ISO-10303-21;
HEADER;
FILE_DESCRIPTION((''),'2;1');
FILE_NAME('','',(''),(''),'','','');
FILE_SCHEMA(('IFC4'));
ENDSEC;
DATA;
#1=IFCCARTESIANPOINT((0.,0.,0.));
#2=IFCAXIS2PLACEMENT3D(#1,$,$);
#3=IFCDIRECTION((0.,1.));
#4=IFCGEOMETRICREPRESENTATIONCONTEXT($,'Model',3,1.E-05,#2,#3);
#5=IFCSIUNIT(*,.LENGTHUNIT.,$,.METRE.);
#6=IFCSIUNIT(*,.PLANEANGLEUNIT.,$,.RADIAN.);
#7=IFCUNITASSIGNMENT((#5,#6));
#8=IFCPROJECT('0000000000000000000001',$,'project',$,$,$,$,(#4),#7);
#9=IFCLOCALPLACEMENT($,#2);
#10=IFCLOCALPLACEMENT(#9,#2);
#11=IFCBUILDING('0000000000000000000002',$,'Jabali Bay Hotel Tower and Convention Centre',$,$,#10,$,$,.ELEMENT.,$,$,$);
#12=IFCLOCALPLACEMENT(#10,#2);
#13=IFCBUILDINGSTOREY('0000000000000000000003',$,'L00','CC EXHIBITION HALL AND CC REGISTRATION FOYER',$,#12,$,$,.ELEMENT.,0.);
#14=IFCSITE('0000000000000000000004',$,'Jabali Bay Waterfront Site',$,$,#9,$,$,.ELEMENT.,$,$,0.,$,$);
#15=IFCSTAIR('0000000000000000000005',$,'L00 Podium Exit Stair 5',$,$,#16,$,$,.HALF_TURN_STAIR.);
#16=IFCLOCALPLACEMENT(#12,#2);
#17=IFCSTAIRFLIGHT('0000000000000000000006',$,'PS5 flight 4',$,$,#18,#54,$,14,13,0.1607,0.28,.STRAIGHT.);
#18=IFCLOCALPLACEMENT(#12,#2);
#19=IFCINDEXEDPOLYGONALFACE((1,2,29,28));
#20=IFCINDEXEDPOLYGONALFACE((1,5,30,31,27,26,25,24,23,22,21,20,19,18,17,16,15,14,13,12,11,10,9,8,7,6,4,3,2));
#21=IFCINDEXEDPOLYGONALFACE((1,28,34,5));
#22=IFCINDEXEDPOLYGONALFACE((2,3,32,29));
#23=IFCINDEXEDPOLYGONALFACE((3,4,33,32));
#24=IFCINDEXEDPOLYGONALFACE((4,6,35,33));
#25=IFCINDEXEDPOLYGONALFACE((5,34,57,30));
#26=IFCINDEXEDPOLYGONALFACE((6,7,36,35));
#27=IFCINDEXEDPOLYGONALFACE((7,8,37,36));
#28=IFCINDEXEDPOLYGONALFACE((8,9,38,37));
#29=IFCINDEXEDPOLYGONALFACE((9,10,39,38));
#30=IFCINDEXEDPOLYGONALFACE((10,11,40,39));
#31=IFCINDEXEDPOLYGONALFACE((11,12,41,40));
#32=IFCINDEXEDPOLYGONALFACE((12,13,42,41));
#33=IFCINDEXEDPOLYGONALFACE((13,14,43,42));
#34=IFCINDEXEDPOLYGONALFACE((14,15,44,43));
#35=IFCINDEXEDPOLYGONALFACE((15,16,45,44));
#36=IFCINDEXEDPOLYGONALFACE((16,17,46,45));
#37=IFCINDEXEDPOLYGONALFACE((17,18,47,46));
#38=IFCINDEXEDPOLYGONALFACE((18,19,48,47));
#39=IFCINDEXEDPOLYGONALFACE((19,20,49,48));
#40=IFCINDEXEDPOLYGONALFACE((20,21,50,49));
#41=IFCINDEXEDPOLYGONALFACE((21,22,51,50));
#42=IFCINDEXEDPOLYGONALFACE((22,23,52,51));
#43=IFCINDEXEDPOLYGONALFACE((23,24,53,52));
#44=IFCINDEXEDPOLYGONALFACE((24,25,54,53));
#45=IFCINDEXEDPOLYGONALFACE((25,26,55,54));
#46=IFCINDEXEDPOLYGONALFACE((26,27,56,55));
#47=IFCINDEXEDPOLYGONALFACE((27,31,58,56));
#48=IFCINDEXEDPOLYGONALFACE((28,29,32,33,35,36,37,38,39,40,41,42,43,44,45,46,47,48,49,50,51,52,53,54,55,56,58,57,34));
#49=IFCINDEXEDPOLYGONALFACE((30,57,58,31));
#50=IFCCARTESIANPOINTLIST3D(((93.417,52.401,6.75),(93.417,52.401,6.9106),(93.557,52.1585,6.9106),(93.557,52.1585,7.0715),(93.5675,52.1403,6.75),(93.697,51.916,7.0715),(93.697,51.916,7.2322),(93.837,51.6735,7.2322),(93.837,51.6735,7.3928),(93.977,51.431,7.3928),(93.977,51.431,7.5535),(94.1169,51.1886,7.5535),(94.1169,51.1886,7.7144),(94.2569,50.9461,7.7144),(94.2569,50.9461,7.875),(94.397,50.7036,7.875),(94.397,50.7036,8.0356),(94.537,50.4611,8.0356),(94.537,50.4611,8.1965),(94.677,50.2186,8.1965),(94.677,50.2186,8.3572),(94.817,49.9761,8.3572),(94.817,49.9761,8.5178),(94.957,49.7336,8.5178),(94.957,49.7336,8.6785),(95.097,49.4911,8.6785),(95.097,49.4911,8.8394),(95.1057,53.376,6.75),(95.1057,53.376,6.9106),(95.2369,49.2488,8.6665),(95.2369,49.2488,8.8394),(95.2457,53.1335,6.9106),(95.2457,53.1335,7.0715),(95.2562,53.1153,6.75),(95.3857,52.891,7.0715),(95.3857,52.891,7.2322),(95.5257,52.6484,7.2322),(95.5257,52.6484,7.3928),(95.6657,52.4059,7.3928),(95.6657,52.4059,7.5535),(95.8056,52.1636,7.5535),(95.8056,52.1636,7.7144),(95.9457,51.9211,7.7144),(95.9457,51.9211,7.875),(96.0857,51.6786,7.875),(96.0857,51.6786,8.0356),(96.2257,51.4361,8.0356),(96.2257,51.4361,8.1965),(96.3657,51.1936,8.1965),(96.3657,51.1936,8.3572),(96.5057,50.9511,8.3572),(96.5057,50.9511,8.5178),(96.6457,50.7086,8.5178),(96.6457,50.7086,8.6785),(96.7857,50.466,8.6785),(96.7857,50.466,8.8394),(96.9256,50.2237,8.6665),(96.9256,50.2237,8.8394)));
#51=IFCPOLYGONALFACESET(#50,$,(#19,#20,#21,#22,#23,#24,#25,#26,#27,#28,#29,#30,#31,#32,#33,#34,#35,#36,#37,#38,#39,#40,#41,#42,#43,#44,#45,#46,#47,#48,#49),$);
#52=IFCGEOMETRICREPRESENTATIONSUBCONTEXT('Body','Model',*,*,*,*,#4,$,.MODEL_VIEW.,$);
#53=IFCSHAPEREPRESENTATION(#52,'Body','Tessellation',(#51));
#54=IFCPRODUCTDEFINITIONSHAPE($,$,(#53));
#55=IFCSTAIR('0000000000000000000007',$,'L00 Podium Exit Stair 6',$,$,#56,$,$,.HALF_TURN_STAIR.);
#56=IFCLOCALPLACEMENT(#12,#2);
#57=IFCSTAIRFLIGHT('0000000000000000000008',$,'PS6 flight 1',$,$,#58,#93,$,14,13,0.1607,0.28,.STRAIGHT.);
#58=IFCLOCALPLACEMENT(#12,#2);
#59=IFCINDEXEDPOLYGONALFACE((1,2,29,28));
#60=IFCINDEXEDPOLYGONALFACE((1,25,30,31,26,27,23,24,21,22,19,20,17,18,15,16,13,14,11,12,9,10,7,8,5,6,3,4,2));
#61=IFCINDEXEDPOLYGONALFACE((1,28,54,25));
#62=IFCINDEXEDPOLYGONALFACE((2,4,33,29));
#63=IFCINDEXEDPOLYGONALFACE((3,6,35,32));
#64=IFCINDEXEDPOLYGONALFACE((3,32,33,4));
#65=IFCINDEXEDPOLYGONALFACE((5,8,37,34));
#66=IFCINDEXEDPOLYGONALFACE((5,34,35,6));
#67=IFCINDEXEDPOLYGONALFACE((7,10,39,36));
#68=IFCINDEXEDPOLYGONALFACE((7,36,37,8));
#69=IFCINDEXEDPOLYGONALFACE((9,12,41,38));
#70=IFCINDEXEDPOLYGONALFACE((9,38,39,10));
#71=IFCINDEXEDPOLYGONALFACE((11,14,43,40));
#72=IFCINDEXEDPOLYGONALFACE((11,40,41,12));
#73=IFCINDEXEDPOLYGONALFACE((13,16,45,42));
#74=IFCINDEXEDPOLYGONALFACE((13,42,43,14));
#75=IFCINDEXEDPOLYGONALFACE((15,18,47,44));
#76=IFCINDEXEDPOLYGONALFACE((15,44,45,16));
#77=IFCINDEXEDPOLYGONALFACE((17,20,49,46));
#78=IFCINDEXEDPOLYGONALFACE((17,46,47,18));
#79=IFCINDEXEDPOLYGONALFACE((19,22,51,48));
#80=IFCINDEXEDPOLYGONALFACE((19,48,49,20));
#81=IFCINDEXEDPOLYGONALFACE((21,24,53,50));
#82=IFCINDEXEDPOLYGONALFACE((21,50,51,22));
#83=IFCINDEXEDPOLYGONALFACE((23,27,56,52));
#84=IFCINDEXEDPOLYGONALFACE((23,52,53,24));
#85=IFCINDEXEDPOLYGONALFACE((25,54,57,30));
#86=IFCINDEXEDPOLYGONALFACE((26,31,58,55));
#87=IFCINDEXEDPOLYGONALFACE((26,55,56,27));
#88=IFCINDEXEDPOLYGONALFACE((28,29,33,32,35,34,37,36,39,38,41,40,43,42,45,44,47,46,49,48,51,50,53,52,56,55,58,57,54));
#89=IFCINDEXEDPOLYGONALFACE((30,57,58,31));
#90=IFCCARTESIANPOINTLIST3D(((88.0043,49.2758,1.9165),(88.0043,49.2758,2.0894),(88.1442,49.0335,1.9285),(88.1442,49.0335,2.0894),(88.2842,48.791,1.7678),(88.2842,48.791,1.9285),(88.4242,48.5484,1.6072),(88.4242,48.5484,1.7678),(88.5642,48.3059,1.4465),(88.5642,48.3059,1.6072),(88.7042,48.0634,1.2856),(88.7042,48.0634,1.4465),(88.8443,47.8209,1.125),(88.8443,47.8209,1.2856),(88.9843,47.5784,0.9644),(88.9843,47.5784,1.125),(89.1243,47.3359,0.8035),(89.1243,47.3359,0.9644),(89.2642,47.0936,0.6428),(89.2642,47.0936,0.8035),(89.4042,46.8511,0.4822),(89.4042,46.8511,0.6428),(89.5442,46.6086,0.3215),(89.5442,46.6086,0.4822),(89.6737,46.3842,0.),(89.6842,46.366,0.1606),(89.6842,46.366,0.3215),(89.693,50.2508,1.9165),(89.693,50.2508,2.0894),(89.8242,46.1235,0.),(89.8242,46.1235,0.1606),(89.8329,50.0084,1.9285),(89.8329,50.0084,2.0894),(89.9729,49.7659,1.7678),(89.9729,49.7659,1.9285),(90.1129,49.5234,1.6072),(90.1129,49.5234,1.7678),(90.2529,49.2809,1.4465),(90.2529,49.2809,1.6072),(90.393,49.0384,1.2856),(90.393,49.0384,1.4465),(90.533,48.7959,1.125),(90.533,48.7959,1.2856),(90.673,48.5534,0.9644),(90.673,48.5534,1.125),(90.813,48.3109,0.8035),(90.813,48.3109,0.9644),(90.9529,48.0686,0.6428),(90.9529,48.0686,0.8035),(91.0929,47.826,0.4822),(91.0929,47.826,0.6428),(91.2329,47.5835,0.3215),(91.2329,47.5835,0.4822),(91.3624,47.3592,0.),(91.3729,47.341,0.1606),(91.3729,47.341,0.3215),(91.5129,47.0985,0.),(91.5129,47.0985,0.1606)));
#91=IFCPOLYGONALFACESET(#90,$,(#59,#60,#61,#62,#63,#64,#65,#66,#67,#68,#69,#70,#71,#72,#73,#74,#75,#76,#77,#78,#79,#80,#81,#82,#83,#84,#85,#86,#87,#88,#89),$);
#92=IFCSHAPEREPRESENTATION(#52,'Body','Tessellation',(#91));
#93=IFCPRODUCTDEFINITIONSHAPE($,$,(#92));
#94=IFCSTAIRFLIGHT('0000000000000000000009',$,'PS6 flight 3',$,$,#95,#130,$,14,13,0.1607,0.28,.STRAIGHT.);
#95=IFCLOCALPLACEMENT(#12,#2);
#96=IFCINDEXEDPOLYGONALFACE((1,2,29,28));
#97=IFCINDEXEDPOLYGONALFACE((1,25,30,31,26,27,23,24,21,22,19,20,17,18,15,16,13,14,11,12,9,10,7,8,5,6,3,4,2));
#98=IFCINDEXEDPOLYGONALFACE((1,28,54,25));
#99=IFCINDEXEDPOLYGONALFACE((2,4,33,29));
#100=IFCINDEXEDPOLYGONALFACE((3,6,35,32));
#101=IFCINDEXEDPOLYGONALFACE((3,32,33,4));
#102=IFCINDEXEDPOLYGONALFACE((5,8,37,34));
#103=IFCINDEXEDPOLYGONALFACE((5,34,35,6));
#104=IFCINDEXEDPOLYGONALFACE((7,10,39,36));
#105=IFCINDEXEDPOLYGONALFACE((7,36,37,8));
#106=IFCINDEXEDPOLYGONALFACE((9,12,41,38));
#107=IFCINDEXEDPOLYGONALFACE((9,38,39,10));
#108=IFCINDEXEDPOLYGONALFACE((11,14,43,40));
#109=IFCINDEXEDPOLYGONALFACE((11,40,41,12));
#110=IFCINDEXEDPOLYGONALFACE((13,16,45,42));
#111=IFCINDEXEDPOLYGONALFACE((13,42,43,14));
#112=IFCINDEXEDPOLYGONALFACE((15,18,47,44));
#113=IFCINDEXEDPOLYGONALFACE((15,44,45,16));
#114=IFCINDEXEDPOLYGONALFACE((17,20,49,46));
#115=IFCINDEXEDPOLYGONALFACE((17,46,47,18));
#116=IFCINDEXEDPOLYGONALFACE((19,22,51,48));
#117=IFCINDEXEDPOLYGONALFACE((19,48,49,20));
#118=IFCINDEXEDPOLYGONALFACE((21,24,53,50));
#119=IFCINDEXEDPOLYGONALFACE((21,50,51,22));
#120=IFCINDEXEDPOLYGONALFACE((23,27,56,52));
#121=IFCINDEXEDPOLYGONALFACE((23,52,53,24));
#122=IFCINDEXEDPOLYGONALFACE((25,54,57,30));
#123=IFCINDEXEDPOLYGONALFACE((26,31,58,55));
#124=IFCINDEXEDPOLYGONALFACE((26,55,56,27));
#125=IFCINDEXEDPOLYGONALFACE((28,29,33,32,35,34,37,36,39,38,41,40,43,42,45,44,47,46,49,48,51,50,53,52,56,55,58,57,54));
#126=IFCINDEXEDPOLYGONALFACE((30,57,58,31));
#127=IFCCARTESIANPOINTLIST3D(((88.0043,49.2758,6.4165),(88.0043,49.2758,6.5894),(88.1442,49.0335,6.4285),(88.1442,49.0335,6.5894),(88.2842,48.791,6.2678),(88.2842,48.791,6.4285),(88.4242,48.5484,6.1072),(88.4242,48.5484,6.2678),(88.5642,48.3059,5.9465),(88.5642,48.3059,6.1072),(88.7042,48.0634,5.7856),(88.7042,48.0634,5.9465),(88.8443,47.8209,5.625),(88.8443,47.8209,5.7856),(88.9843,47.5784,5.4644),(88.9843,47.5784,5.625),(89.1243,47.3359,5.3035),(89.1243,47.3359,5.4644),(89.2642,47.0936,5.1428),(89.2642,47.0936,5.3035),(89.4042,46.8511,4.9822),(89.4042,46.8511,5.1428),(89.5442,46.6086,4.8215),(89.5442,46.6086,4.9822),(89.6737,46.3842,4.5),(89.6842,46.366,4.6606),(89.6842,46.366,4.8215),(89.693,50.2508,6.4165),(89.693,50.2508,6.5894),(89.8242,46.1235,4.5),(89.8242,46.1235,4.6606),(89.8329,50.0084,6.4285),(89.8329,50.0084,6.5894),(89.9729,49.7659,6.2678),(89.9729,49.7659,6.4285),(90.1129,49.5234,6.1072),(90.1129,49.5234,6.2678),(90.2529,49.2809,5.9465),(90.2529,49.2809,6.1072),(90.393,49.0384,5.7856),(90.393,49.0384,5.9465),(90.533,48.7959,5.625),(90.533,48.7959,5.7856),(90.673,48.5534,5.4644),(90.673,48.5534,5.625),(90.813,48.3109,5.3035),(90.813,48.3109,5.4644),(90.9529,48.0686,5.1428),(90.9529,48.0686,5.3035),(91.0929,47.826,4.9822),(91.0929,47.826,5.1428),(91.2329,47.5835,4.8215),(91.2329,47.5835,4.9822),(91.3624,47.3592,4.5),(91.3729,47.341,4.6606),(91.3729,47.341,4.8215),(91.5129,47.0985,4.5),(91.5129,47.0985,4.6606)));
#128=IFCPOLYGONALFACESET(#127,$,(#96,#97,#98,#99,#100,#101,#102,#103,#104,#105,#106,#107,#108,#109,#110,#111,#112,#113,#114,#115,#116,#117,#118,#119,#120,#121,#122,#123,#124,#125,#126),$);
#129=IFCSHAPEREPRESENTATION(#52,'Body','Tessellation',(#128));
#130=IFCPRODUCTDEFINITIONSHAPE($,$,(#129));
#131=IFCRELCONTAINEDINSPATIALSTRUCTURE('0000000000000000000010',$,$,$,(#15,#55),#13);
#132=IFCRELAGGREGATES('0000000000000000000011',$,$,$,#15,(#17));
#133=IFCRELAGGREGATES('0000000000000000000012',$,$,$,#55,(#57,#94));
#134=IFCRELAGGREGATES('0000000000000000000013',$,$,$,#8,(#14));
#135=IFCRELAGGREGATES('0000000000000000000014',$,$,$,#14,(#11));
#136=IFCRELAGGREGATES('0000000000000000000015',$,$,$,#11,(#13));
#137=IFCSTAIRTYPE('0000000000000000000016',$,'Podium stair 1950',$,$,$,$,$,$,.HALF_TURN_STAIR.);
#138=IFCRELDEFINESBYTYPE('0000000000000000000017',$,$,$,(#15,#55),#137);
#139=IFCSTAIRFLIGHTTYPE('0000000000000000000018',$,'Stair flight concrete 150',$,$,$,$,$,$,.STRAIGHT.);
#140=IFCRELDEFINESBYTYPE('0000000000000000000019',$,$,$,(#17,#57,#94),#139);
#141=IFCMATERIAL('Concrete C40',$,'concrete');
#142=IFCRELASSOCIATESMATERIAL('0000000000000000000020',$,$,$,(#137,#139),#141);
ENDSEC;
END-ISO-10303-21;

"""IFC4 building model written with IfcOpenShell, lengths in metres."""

from ifc_helpers import new_model, si_unit, direction, frame, origin, place, context, subcontext, project, spatial, polyline, outline, extrude, material, type_object, element, aggregate, save


model = new_model("IFC4")

# Units and contexts
model_context = context("Model", 3, precision=1e-05, world=origin(), true_north=direction((0.0, 1.0)))
body_context = subcontext(model_context, "Body", "Model", "MODEL_VIEW")
ifc_project = project(units=[si_unit("LENGTHUNIT", "METRE"), si_unit("PLANEANGLEUNIT", "RADIAN")], contexts=[model_context])

# Site, building, storey
site_placement = place(None, origin())
site = spatial("IfcSite", under=ifc_project, at=site_placement, Name="Jabali Bay Waterfront Site", CompositionType="ELEMENT", RefElevation=0.0)
building_placement = place(site_placement, origin())
building = spatial("IfcBuilding", under=site, at=building_placement, Name="Jabali Bay Hotel Tower and Convention Centre", CompositionType="ELEMENT")
storey_placement = place(building_placement, origin())
storey = spatial("IfcBuildingStorey", under=building, at=storey_placement, Name="L00", Description="CC EXHIBITION HALL AND CC REGISTRATION FOYER", CompositionType="ELEMENT", Elevation=0.0)

# Shared definitions
ifc_material_1 = material(Name="Concrete C40", Category="concrete")

# Stairs, stair flights
stair_type = type_object("IfcStairType", Name="Podium stair 1950", PredefinedType="HALF_TURN_STAIR", material=ifc_material_1)
stair_1_placement = place(storey_placement, origin())
stair_1 = element("IfcStair", 1, at=stair_1_placement, inside=storey, type_object=stair_type, Name="L00 Podium Exit Stair 5", PredefinedType="HALF_TURN_STAIR")
stair_flight_type = type_object("IfcStairFlightType", Name="Stair flight concrete 150", PredefinedType="STRAIGHT", material=ifc_material_1)
stair_flight_1_placement = place(storey_placement, frame((94.2612, 52.8884, 6.75), z_axis=(0.0, 0.0, 1.0), x_axis=(0.5, -0.866025, 0.0)))
stair_flight_1 = element("IfcStairFlight", 2, at=stair_flight_1_placement, type_object=stair_flight_type, Name="PS5 flight 4", NumberOfRisers=14, NumberOfTreads=13, PredefinedType="STRAIGHT", RiserHeight=0.1607, TreadLength=0.28, context=body_context, shape_type="SweptSolid", body=[
    extrude(outline(polyline([(0.0, 0.0), (0.0, 0.1606), (0.28, 0.1606), (0.28, 0.3215), (0.5601, 0.3215), (0.5601, 0.4822), (0.8401, 0.4822), (0.8401, 0.6428), (1.1201, 0.6428), (1.1201, 0.8035), (1.3999, 0.8035), (1.3999, 0.9644), (1.6799, 0.9644), (1.6799, 1.125), (1.96, 1.125), (1.96, 1.2856), (2.24, 1.2856), (2.24, 1.4465), (2.52, 1.4465), (2.52, 1.6072), (2.8, 1.6072), (2.8, 1.7678), (3.0801, 1.7678), (3.0801, 1.9285), (3.3601, 1.9285), (3.3601, 2.0894), (3.6399, 2.0894), (3.6399, 2.25), (3.6399, 1.9165), (0.301, 0.0), (0.0, 0.0)])), frame((0.0, 0.9751, 0.0), z_axis=(0.0, -1.0, 0.0), x_axis=(1.0, 0.0, 0.0)), (0.0, 0.0, 1.0), 1.95),
])
aggregate(stair_1, [stair_flight_1])
stair_2_placement = place(storey_placement, origin())
stair_2 = element("IfcStair", 3, at=stair_2_placement, inside=storey, type_object=stair_type, Name="L00 Podium Exit Stair 6", PredefinedType="HALF_TURN_STAIR")
stair_flight_2_placement = place(storey_placement, frame((90.6687, 46.6111, 0.0), z_axis=(0.0, 0.0, 1.0), x_axis=(-0.5, 0.866025, 0.0)))
stair_flight_2 = element("IfcStairFlight", 4, at=stair_flight_2_placement, type_object=stair_flight_type, Name="PS6 flight 1", NumberOfRisers=14, NumberOfTreads=13, PredefinedType="STRAIGHT", RiserHeight=0.1607, TreadLength=0.28, context=body_context, shape_type="SweptSolid", body=[
    extrude(outline(polyline([(0.0, 0.0), (0.0, 0.1606), (0.28, 0.1606), (0.28, 0.3215), (0.5601, 0.3215), (0.5601, 0.4822), (0.8401, 0.4822), (0.8401, 0.6428), (1.1201, 0.6428), (1.1201, 0.8035), (1.3999, 0.8035), (1.3999, 0.9644), (1.6799, 0.9644), (1.6799, 1.125), (1.96, 1.125), (1.96, 1.2856), (2.24, 1.2856), (2.24, 1.4465), (2.52, 1.4465), (2.52, 1.6072), (2.8, 1.6072), (2.8, 1.7678), (3.0801, 1.7678), (3.0801, 1.9285), (3.3601, 1.9285), (3.3601, 2.0894), (3.6399, 2.0894), (3.6399, 2.25), (3.6399, 1.9165), (0.301, 0.0), (0.0, 0.0)])), frame((0.0, 0.9751, 0.0), z_axis=(0.0, -1.0, 0.0), x_axis=(1.0, 0.0, 0.0)), (0.0, 0.0, 1.0), 1.95),
])
stair_flight_3_placement = place(storey_placement, frame((90.6687, 46.6111, 4.5), z_axis=(0.0, 0.0, 1.0), x_axis=(-0.5, 0.866025, 0.0)))
stair_flight_3 = element("IfcStairFlight", 5, at=stair_flight_3_placement, type_object=stair_flight_type, Name="PS6 flight 3", NumberOfRisers=14, NumberOfTreads=13, PredefinedType="STRAIGHT", RiserHeight=0.1607, TreadLength=0.28, context=body_context, shape_type="SweptSolid", body=[
    extrude(outline(polyline([(0.0, 0.0), (0.0, 0.1606), (0.28, 0.1606), (0.28, 0.3215), (0.5601, 0.3215), (0.5601, 0.4822), (0.8401, 0.4822), (0.8401, 0.6428), (1.1201, 0.6428), (1.1201, 0.8035), (1.3999, 0.8035), (1.3999, 0.9644), (1.6799, 0.9644), (1.6799, 1.125), (1.96, 1.125), (1.96, 1.2856), (2.24, 1.2856), (2.24, 1.4465), (2.52, 1.4465), (2.52, 1.6072), (2.8, 1.6072), (2.8, 1.7678), (3.0801, 1.7678), (3.0801, 1.9285), (3.3601, 1.9285), (3.3601, 2.0894), (3.6399, 2.0894), (3.6399, 2.25), (3.6399, 1.9165), (0.301, 0.0), (0.0, 0.0)])), frame((0.0, 0.9751, 0.0), z_axis=(0.0, -1.0, 0.0), x_axis=(1.0, 0.0, 0.0)), (0.0, 0.0, 1.0), 1.95),
])
aggregate(stair_2, [stair_flight_2, stair_flight_3])

save(model, "model.ifc")
